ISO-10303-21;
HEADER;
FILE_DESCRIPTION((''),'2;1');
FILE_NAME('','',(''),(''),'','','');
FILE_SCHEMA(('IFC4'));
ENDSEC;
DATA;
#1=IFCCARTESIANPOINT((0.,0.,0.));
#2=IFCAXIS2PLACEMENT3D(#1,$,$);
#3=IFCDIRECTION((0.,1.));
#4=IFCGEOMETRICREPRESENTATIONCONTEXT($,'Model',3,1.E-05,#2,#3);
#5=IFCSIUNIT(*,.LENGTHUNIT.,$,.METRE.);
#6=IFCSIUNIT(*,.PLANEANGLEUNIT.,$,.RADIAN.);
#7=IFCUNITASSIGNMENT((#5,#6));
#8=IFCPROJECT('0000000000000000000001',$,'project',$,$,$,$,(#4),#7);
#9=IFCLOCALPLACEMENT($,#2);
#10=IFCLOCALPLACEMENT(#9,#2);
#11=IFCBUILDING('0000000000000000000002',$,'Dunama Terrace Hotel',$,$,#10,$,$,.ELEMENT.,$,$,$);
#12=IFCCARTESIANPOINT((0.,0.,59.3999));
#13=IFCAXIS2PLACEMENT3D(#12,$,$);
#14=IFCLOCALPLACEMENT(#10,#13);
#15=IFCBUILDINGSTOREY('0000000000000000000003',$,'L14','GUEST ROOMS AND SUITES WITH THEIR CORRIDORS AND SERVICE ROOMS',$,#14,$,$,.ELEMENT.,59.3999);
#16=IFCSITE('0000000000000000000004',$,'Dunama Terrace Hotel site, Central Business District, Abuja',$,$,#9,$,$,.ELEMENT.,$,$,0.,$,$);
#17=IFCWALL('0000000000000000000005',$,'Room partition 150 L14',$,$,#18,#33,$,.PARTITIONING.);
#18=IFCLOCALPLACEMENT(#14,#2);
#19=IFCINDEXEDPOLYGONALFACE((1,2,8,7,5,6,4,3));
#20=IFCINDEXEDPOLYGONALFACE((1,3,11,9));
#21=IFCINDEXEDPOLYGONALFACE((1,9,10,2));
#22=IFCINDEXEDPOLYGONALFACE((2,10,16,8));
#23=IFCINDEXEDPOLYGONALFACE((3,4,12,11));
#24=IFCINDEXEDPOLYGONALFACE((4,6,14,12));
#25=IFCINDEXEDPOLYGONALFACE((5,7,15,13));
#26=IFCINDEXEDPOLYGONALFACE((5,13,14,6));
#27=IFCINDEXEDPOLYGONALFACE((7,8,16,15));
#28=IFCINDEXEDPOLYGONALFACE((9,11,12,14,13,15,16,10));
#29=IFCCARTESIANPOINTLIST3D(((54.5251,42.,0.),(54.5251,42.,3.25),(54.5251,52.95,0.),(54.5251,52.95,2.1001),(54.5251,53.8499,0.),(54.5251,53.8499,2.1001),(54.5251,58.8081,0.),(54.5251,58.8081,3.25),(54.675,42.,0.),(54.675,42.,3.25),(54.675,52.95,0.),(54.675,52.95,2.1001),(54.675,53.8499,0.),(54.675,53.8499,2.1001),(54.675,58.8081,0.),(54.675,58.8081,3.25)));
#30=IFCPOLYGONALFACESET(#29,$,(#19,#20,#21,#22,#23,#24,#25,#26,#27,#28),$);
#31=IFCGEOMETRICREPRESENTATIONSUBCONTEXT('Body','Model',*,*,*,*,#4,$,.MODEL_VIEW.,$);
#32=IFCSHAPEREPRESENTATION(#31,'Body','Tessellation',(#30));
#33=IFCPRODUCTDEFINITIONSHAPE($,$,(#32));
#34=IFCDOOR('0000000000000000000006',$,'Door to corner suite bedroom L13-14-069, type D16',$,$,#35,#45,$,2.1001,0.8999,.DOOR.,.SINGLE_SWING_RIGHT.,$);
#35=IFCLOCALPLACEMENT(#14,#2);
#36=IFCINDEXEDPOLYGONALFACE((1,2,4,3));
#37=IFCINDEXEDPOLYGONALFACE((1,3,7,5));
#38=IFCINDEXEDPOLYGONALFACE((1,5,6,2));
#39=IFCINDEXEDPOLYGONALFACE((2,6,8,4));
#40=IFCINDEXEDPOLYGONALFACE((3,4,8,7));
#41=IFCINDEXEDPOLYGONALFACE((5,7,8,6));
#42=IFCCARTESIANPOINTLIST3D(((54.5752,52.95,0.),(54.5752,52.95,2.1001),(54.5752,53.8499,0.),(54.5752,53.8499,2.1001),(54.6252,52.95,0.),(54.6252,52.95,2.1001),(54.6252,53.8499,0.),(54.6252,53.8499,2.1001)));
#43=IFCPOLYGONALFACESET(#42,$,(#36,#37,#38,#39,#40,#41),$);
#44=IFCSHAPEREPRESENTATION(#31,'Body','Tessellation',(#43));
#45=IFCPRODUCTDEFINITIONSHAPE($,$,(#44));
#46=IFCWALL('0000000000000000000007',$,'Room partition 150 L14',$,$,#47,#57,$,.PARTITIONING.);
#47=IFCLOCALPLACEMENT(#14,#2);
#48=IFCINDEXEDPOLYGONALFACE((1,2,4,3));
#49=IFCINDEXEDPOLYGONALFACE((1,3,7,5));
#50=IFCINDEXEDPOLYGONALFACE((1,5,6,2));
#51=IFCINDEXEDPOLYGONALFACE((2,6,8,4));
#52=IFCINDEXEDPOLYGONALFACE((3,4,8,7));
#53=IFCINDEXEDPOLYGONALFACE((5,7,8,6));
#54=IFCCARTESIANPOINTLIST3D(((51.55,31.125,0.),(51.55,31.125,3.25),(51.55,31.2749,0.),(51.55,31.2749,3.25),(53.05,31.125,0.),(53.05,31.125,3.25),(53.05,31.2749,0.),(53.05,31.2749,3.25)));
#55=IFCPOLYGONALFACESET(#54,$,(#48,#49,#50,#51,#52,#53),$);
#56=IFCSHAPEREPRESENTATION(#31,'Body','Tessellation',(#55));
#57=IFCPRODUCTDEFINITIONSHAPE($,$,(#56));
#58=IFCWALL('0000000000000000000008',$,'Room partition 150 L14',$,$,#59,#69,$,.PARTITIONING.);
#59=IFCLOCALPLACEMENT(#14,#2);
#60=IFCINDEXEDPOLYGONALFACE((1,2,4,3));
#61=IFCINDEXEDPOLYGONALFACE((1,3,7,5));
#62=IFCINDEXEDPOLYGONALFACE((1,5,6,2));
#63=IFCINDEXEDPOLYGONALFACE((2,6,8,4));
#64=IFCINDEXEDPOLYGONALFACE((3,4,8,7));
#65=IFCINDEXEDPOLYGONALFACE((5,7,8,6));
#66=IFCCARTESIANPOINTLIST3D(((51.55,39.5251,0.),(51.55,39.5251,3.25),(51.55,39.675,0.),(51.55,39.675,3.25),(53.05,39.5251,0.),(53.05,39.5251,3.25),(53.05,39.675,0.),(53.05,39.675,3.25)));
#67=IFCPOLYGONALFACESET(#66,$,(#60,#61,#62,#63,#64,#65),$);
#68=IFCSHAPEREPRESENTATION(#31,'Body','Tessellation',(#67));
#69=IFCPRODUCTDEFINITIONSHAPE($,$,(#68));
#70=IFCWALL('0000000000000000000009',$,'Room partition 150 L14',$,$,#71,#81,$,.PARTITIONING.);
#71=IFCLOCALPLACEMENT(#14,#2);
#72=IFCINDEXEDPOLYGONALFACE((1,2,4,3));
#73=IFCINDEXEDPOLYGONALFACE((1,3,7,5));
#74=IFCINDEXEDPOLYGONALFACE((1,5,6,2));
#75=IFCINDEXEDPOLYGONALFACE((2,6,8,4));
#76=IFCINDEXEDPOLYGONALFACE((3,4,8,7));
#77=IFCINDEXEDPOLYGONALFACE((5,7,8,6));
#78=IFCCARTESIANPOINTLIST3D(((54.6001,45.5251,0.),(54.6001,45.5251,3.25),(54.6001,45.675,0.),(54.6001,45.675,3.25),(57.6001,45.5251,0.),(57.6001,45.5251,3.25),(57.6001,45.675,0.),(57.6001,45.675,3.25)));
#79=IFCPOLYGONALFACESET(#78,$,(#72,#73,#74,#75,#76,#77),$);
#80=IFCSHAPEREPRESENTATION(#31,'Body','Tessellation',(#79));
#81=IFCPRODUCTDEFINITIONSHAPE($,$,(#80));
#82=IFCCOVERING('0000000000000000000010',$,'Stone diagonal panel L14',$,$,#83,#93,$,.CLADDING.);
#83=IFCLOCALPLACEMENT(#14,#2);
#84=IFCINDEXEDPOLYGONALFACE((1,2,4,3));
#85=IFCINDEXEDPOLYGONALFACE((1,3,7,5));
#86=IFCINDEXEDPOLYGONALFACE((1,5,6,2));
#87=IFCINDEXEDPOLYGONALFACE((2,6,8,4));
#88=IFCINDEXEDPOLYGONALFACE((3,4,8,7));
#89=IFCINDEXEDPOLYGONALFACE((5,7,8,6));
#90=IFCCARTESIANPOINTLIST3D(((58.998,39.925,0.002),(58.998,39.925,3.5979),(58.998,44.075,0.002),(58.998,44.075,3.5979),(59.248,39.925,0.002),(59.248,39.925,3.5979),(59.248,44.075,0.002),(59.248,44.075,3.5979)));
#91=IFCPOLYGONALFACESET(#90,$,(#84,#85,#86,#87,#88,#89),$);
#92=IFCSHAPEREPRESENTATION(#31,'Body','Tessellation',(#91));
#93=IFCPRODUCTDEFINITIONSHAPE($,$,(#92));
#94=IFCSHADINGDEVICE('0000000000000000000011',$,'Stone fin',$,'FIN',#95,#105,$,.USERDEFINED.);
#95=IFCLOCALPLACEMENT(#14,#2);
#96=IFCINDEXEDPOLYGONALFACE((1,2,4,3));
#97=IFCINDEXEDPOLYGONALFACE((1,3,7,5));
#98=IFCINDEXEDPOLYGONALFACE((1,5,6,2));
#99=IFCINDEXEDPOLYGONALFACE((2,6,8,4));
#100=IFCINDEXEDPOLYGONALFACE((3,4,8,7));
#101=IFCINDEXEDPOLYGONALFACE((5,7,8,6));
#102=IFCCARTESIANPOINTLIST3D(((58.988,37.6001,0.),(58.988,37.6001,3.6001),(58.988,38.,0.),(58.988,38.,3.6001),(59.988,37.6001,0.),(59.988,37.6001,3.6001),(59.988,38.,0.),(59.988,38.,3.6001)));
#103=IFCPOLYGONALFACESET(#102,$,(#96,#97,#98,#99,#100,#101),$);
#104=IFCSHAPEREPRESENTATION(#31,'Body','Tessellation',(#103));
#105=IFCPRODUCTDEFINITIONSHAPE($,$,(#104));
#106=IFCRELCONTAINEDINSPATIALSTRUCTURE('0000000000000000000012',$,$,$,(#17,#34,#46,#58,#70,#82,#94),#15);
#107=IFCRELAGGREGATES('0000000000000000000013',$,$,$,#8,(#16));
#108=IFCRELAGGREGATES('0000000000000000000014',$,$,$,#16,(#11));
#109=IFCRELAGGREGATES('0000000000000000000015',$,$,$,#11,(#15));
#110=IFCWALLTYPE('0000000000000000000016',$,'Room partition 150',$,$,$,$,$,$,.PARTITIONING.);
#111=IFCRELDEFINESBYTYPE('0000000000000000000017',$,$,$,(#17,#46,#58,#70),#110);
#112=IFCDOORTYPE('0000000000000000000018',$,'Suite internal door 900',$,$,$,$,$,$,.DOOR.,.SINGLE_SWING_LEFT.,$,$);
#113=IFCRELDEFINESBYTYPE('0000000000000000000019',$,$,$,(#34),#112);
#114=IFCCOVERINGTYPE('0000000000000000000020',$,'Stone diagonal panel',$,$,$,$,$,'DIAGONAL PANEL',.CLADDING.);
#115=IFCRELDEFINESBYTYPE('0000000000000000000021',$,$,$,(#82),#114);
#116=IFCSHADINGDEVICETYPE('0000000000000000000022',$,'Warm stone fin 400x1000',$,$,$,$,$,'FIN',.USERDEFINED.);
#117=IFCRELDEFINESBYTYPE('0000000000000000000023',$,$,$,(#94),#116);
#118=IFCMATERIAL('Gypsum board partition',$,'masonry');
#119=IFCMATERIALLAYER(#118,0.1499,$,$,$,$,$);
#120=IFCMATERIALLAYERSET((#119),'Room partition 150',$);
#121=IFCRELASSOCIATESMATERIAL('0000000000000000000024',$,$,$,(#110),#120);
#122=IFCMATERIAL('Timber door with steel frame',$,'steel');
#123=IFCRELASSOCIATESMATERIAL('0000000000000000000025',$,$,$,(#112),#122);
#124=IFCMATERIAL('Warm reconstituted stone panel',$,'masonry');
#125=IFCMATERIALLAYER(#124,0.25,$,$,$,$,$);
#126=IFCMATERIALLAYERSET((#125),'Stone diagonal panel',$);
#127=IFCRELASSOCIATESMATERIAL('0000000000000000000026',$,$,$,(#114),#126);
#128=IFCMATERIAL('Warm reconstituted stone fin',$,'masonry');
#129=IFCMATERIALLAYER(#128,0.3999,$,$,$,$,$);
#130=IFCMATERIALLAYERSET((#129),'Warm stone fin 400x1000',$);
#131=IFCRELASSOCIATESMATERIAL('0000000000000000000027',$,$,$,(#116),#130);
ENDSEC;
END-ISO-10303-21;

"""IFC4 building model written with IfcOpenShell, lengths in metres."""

from ifc_helpers import new_model, si_unit, direction, frame, frame_2d, origin, origin_2d, place, context, subcontext, project, spatial, rectangle, extrude, material, layer, layer_set, type_object, element, fill, save


model = new_model("IFC4")

# Units and contexts
model_context = context("Model", 3, precision=1e-05, world=origin(), true_north=direction((0.0, 1.0)))
body_context = subcontext(model_context, "Body", "Model", "MODEL_VIEW")
ifc_project = project(units=[si_unit("LENGTHUNIT", "METRE"), si_unit("PLANEANGLEUNIT", "RADIAN")], contexts=[model_context])

# Site, building, storey
site_placement = place(None, origin())
site = spatial("IfcSite", under=ifc_project, at=site_placement, Name="Dunama Terrace Hotel site, Central Business District, Abuja", CompositionType="ELEMENT", RefElevation=0.0)
building_placement = place(site_placement, origin())
building = spatial("IfcBuilding", under=site, at=building_placement, Name="Dunama Terrace Hotel", CompositionType="ELEMENT")
storey_placement = place(building_placement, frame((0.0, 0.0, 59.3999)))
storey = spatial("IfcBuildingStorey", under=building, at=storey_placement, Name="L14", Description="GUEST ROOMS AND SUITES WITH THEIR CORRIDORS AND SERVICE ROOMS", CompositionType="ELEMENT", Elevation=59.3999)

# Shared definitions
ifc_material_1 = material(Name="Gypsum board partition", Category="masonry")
ifc_layer_1 = layer(ifc_material_1, 0.1499)
ifc_layer_set_1 = layer_set([ifc_layer_1], Name="Room partition 150")
wall_type_1 = type_object("IfcWallType", Name="Room partition 150", PredefinedType="PARTITIONING", material=ifc_layer_set_1)

# Wall, opening, door
ifc_material_2 = material(Name="Timber door with steel frame", Category="steel")
door_type_1 = type_object("IfcDoorType", Name="Suite internal door 900", OperationType="SINGLE_SWING_LEFT", PredefinedType="DOOR", material=ifc_material_2)
wall_1_placement = place(storey_placement, frame((54.6001, 42.0, 0.0), z_axis=(0.0, 0.0, 1.0), x_axis=(0.0, 1.0, 0.0)))
wall_1 = element("IfcWall", 1, at=wall_1_placement, inside=storey, type_object=wall_type_1, Name="Room partition 150 L14", PredefinedType="PARTITIONING", context=body_context, shape_type="SweptSolid", body=[
    extrude(rectangle(XDim=16.8081, YDim=0.1499, at=frame_2d((8.4041, 0.0))), origin(), (0.0, 0.0, 1.0), 3.25),
])
opening_1_placement = place(wall_1_placement, frame((10.95, 0.0, 0.0)))
opening_1 = element("IfcOpeningElement", 2, at=opening_1_placement, cuts=wall_1, PredefinedType="OPENING", context=body_context, shape_type="SweptSolid", body=[
    extrude(rectangle(XDim=0.8999, YDim=2.1001, at=frame_2d((0.45, 1.05))), frame((0.0, 0.085, 0.0), z_axis=(0.0, -1.0, 0.0), x_axis=(1.0, 0.0, 0.0)), (0.0, 0.0, 1.0), 0.1699),
])
door_1_placement = place(opening_1_placement, frame((0.8999, 0.0, 0.0), z_axis=(0.0, 0.0, 1.0), x_axis=(-1.0, 0.0, 0.0)))
door_1 = element("IfcDoor", 3, at=door_1_placement, inside=storey, type_object=door_type_1, Name="Door to corner suite bedroom L13-14-069, type D16", OperationType="SINGLE_SWING_RIGHT", OverallHeight=2.1001, OverallWidth=0.8999, PredefinedType="DOOR", context=body_context, shape_type="SweptSolid", body=[
    extrude(rectangle(XDim=0.8999, YDim=2.1001, at=frame_2d((0.45, 1.05))), frame((0.0, 0.0251, 0.0), z_axis=(0.0, -1.0, 0.0), x_axis=(1.0, 0.0, 0.0)), (0.0, 0.0, 1.0), 0.05),
])
fill(opening_1, door_1)

# Walls
for number, where, z_axis, x_axis, name in (
    (4, (51.55, 31.2, 0.0), (0.0, 0.0, 1.0), (1.0, 0.0, 0.0), "Room partition 150 L14"),
    (5, (51.55, 39.6001, 0.0), (0.0, 0.0, 1.0), (1.0, 0.0, 0.0), "Room partition 150 L14"),
):
    element("IfcWall", number, at=place(storey_placement, frame(where, z_axis=z_axis, x_axis=x_axis)), inside=storey, type_object=wall_type_1, Name=name, PredefinedType="PARTITIONING", context=body_context, shape_type="SweptSolid", body=[
        extrude(rectangle(XDim=1.5, YDim=0.1499, at=frame_2d((0.75, 0.0))), origin(), (0.0, 0.0, 1.0), 3.25),
    ])
wall_2_placement = place(storey_placement, frame((54.6001, 45.6001, 0.0), z_axis=(0.0, 0.0, 1.0), x_axis=(1.0, 0.0, 0.0)))
element("IfcWall", 6, at=wall_2_placement, inside=storey, type_object=wall_type_1, Name="Room partition 150 L14", PredefinedType="PARTITIONING", context=body_context, shape_type="SweptSolid", body=[
    extrude(rectangle(XDim=3.0, YDim=0.1499, at=frame_2d((1.5, 0.0))), origin(), (0.0, 0.0, 1.0), 3.25),
])

# Covering
ifc_material_3 = material(Name="Warm reconstituted stone panel", Category="masonry")
ifc_layer_2 = layer(ifc_material_3, 0.25)
ifc_layer_set_2 = layer_set([ifc_layer_2], Name="Stone diagonal panel")
covering_type = type_object("IfcCoveringType", Name="Stone diagonal panel", ElementType="DIAGONAL PANEL", PredefinedType="CLADDING", material=ifc_layer_set_2)
covering_placement = place(storey_placement, frame((59.123, 42.0, 0.002), z_axis=(0.0, 0.0, 1.0), x_axis=(0.0, 1.0, 0.0)))
element("IfcCovering", 7, at=covering_placement, inside=storey, type_object=covering_type, Name="Stone diagonal panel L14", PredefinedType="CLADDING", context=body_context, shape_type="SweptSolid", body=[
    extrude(rectangle(XDim=4.1499, YDim=0.25, at=origin_2d()), origin(), (0.0, 0.0, 1.0), 3.5959),
])

# Shading device
ifc_material_4 = material(Name="Warm reconstituted stone fin", Category="masonry")
ifc_layer_3 = layer(ifc_material_4, 0.3999)
ifc_layer_set_3 = layer_set([ifc_layer_3], Name="Warm stone fin 400x1000")
shading_device_type = type_object("IfcShadingDeviceType", Name="Warm stone fin 400x1000", ElementType="FIN", PredefinedType="USERDEFINED", material=ifc_layer_set_3)
shading_device_placement = place(storey_placement, frame((59.488, 37.8, 0.0), z_axis=(0.0, 0.0, 1.0), x_axis=(0.0, 1.0, 0.0)))
element("IfcShadingDevice", 8, at=shading_device_placement, inside=storey, type_object=shading_device_type, Name="Stone fin", ObjectType="FIN", PredefinedType="USERDEFINED", context=body_context, shape_type="SweptSolid", body=[
    extrude(rectangle(XDim=0.3999, YDim=1.0, at=origin_2d()), origin(), (0.0, 0.0, 1.0), 3.6001),
])

save(model, "model.ifc")
